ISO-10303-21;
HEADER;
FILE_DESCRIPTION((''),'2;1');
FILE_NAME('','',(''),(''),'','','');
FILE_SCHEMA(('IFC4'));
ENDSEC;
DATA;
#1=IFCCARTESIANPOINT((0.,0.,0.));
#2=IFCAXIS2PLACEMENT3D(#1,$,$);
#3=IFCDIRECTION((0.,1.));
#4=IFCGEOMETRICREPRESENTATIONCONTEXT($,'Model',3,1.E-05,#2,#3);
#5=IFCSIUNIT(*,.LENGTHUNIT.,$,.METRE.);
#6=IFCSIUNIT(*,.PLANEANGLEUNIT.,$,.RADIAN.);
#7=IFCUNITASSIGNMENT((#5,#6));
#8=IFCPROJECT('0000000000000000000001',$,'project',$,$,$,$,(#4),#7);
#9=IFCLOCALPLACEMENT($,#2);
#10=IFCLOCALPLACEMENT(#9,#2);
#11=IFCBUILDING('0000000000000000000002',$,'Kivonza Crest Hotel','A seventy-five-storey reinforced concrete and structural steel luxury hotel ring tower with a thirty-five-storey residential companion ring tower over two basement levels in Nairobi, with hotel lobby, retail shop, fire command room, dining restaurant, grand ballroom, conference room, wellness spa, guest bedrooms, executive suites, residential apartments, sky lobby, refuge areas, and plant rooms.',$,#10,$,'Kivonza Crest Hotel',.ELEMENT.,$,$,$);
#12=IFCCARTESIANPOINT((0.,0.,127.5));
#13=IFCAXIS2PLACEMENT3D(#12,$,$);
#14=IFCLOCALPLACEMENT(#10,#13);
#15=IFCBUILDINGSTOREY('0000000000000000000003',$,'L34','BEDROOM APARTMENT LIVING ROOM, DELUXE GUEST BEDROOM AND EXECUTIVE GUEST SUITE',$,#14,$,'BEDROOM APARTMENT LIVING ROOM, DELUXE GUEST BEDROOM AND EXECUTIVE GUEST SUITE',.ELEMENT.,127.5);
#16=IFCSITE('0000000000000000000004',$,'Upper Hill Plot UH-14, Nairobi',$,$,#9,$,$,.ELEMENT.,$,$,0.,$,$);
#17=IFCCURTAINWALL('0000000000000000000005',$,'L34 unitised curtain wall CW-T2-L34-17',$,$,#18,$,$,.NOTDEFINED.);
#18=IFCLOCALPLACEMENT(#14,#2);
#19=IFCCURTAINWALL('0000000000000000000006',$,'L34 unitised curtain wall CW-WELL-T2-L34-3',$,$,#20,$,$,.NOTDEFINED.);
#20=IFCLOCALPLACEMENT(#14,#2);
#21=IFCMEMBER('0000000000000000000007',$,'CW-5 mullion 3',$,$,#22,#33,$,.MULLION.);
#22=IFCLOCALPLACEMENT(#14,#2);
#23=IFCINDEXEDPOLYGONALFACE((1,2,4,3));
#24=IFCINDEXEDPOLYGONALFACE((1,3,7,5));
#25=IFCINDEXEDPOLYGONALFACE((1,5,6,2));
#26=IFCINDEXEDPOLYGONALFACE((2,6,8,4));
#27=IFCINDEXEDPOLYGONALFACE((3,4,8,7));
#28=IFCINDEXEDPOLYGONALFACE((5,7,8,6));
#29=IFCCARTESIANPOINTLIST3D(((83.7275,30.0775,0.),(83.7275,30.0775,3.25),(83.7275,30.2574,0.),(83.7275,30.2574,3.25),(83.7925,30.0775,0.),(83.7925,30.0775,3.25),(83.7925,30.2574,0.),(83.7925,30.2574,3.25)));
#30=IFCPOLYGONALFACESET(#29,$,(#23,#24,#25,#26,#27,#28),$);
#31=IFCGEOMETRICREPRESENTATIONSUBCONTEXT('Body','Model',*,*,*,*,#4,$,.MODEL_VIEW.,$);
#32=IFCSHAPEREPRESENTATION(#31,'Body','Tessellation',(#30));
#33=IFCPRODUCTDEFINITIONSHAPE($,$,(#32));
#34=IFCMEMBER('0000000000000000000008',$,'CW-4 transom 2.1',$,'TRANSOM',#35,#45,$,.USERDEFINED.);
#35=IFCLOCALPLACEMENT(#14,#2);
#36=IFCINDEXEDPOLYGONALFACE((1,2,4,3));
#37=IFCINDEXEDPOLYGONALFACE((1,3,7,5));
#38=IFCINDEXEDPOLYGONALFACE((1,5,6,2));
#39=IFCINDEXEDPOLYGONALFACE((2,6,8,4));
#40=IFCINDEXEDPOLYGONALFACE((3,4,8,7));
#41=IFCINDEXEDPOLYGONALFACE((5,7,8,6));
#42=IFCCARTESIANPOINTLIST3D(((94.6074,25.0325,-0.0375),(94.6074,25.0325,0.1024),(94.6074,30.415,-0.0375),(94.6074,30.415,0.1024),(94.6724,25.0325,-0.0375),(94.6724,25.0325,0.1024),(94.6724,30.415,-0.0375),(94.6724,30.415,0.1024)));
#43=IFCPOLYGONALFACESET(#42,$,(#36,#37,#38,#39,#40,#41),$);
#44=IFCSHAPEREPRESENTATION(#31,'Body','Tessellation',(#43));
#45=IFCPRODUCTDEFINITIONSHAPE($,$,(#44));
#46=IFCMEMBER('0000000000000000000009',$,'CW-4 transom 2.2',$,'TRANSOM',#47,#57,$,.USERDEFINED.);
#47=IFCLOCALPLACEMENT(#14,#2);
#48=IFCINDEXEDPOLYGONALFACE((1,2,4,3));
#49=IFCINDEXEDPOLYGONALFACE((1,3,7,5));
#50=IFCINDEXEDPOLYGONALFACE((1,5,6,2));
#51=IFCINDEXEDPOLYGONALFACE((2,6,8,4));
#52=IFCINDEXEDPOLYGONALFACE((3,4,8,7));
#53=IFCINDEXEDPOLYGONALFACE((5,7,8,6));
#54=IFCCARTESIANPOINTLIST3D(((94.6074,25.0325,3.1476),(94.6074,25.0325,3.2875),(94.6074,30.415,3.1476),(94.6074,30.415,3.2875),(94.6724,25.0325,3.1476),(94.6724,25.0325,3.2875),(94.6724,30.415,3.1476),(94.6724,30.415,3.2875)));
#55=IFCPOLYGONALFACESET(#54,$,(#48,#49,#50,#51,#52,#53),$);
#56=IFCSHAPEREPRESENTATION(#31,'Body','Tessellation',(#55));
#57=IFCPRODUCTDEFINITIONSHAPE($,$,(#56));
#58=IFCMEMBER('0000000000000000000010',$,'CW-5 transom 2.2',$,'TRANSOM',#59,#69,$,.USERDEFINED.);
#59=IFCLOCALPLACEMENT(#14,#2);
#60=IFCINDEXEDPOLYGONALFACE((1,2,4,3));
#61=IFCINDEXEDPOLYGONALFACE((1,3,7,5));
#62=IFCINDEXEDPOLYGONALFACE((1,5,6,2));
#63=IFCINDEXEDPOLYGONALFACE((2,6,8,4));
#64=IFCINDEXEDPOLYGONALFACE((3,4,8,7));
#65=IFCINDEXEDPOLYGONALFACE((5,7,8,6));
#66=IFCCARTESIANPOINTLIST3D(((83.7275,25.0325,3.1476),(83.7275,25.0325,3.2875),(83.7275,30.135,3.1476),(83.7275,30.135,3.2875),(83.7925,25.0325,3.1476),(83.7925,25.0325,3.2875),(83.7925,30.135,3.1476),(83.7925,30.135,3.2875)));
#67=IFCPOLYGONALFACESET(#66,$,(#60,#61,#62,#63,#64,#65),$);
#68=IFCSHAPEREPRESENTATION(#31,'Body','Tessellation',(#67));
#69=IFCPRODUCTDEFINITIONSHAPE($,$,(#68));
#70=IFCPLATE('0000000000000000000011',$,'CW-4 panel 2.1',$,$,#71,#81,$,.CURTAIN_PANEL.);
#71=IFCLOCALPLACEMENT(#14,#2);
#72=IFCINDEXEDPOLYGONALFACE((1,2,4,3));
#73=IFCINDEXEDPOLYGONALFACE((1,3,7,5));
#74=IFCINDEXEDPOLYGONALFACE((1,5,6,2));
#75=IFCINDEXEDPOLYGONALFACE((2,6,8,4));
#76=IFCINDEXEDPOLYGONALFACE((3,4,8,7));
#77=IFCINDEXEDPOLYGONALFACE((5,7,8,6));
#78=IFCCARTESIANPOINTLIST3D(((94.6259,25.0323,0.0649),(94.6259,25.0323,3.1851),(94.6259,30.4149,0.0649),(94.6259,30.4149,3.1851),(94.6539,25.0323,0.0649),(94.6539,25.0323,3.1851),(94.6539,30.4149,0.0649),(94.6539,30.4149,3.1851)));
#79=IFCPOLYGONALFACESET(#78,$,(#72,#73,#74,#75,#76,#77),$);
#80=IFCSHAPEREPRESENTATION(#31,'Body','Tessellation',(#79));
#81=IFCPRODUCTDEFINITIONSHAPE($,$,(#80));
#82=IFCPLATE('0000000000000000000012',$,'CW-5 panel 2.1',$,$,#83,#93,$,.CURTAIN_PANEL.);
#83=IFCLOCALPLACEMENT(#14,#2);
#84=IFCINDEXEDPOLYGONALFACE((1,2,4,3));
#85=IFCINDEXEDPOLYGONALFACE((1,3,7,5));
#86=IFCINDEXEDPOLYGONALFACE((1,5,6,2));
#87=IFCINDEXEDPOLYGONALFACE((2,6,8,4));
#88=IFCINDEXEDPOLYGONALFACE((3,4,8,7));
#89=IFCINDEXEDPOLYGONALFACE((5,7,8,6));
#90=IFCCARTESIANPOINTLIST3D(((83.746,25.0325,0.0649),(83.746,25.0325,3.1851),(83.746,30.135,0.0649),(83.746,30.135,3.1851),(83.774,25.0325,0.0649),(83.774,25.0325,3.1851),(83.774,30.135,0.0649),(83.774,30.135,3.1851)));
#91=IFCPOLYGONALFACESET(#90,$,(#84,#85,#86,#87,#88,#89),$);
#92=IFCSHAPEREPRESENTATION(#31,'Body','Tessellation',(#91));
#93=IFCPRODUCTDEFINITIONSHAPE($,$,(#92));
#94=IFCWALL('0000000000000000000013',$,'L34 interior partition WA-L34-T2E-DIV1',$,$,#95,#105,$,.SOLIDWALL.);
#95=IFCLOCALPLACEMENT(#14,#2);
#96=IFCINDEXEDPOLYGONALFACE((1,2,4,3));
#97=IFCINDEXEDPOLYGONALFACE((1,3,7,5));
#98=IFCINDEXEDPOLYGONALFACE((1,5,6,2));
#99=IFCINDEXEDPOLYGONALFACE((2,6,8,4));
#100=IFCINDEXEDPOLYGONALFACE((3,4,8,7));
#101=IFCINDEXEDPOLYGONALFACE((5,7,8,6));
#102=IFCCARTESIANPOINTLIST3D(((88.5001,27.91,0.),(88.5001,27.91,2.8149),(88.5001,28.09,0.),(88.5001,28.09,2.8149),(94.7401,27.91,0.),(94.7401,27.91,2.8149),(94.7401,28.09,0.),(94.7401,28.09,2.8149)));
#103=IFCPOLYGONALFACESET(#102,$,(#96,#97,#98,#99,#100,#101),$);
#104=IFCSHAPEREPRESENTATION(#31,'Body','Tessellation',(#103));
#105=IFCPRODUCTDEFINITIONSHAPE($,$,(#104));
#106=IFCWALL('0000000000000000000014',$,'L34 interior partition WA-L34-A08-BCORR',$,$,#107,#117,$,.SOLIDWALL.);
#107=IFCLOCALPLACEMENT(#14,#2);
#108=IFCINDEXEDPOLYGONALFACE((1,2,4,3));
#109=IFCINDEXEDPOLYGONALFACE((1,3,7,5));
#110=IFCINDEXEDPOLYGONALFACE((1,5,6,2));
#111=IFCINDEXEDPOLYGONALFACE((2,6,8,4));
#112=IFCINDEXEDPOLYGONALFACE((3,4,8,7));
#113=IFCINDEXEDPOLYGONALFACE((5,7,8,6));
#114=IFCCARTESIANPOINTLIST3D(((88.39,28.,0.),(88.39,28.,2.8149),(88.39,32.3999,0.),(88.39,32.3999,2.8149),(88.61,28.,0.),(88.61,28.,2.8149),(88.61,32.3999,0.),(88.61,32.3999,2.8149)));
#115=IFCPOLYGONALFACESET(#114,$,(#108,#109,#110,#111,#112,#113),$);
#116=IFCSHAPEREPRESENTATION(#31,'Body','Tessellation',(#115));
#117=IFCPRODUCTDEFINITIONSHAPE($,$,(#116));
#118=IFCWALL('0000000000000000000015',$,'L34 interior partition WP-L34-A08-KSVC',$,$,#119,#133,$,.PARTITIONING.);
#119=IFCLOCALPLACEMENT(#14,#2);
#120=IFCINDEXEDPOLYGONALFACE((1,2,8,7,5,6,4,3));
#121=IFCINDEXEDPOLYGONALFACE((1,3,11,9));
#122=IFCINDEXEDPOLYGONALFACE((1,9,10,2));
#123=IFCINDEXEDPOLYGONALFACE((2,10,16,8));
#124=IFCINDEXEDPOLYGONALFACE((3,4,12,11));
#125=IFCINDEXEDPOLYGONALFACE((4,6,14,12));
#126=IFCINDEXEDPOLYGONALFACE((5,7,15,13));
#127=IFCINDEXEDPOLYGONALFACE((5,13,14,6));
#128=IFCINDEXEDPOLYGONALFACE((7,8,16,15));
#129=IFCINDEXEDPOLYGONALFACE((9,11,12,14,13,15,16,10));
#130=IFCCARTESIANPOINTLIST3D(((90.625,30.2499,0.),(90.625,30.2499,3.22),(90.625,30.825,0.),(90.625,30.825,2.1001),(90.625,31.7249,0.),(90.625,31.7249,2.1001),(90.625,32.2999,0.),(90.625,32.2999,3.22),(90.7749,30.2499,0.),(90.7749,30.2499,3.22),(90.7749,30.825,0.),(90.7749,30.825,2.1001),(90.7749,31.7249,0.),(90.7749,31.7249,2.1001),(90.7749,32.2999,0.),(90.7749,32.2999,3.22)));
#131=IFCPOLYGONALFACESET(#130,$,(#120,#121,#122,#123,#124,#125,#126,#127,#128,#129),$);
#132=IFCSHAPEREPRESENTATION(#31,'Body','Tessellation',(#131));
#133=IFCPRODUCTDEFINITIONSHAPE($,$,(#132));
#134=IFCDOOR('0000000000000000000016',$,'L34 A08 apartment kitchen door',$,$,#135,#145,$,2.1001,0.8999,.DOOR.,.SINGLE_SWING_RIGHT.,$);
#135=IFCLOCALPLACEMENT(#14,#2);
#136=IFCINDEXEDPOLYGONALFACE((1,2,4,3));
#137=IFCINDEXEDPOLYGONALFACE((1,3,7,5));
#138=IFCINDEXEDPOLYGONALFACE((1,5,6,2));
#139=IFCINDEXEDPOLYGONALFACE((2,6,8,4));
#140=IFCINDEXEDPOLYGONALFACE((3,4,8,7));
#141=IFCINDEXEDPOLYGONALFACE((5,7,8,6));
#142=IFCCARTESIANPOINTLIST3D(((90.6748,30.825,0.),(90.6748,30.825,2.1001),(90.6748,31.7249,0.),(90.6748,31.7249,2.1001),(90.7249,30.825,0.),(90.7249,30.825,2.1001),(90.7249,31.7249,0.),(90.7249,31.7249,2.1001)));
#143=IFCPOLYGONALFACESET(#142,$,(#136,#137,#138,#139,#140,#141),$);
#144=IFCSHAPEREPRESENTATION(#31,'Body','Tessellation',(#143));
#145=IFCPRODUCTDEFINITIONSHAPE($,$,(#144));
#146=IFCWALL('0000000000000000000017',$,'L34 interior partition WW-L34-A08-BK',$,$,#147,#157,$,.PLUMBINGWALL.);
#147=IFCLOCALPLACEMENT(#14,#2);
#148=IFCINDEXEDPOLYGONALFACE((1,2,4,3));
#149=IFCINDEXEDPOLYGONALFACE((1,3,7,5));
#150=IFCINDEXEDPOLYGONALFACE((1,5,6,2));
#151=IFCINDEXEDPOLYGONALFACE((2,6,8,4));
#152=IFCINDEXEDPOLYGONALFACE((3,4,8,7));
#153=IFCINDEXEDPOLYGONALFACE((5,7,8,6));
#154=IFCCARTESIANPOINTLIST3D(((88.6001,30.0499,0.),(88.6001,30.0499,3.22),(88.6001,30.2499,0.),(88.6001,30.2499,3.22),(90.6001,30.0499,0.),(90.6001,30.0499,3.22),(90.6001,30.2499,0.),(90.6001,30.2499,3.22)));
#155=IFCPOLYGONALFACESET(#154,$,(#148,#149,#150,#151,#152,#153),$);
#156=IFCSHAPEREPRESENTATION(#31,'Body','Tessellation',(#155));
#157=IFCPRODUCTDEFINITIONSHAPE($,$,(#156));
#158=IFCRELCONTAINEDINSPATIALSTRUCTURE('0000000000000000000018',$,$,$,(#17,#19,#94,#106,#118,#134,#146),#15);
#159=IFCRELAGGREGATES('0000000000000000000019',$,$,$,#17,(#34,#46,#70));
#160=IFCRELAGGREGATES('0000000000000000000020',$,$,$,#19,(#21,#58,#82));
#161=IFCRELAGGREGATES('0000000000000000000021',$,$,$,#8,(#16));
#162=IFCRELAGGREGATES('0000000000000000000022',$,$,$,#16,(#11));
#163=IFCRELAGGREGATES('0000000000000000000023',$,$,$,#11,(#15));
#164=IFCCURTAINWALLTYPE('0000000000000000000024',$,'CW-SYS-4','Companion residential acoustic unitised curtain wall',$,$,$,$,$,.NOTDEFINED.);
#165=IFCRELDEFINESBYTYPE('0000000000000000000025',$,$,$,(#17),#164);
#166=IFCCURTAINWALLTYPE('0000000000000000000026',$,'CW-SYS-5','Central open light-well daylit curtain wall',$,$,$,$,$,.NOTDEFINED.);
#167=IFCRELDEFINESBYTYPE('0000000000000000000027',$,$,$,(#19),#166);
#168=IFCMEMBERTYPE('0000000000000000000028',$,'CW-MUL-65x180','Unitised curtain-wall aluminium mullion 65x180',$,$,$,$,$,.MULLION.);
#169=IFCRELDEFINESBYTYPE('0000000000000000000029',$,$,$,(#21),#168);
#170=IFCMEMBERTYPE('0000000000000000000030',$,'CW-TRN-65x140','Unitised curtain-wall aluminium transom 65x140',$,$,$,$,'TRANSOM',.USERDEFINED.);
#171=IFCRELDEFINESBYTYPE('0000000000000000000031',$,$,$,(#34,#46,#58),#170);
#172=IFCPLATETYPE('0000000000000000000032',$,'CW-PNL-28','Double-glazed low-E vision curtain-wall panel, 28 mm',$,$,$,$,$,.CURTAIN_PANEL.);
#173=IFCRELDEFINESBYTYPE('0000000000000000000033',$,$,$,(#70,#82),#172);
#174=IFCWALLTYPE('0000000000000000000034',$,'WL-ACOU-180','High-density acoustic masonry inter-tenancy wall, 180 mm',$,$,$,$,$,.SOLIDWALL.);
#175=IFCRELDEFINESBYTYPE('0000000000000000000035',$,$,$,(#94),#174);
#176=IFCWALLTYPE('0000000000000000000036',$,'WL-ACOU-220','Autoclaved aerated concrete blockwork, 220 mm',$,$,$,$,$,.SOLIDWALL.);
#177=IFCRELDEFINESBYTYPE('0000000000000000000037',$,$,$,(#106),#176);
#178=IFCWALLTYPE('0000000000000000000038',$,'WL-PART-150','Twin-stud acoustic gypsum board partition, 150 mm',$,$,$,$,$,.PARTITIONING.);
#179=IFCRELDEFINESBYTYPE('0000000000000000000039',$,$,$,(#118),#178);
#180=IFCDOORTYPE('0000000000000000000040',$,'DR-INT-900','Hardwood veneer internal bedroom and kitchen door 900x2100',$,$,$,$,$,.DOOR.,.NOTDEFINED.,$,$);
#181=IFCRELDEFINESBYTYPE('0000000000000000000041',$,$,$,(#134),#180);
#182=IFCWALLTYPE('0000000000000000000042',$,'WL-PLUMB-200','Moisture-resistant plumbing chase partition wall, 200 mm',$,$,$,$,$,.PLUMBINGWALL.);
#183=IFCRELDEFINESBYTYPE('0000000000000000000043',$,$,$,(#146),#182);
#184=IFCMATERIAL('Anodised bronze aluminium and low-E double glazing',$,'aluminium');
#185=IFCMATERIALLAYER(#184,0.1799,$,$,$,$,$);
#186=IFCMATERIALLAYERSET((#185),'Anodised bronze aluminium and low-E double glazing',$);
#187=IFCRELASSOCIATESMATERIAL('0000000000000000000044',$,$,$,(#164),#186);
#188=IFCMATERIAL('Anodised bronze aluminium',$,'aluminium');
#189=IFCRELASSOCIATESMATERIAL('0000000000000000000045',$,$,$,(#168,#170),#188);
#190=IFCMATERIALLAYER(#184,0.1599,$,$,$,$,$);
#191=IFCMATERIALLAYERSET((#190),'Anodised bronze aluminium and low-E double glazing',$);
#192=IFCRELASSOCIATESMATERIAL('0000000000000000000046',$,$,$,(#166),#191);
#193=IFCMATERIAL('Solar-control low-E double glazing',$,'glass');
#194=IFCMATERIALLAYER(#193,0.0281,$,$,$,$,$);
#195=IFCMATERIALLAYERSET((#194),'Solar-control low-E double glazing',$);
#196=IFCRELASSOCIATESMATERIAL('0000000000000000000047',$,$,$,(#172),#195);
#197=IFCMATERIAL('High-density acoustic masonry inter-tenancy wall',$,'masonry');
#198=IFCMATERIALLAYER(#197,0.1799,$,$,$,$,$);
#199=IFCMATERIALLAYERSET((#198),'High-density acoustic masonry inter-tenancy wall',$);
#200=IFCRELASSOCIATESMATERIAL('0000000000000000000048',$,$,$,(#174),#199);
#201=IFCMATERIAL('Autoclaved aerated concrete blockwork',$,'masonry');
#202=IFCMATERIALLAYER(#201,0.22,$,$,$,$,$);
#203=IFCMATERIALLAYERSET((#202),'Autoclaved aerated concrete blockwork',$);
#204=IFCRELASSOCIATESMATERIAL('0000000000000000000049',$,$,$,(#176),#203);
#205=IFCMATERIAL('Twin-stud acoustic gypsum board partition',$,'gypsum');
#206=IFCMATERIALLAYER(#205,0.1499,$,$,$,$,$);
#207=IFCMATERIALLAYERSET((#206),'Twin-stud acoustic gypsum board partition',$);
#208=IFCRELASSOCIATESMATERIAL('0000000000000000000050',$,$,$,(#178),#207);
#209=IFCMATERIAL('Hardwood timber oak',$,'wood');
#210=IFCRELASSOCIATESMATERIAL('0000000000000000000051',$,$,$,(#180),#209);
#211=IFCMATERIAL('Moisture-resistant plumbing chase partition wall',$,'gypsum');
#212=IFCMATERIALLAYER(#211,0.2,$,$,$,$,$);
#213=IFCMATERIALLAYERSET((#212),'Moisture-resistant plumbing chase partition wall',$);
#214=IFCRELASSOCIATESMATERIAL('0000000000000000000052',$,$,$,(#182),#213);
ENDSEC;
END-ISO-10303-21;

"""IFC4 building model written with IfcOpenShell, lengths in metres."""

from ifc_helpers import new_model, si_unit, direction, frame, frame_2d, origin, origin_2d, place, context, subcontext, project, spatial, rectangle, extrude, material, layer, layer_set, material_profile, profile_set, type_object, element, fill, aggregate, save


model = new_model("IFC4")

# Units and contexts
model_context = context("Model", 3, precision=1e-05, world=origin(), true_north=direction((0.0, 1.0)))
body_context = subcontext(model_context, "Body", "Model", "MODEL_VIEW")
ifc_project = project(units=[si_unit("LENGTHUNIT", "METRE"), si_unit("PLANEANGLEUNIT", "RADIAN")], contexts=[model_context])

# Site, building, storey
site_placement = place(None, origin())
site = spatial("IfcSite", under=ifc_project, at=site_placement, Name="Upper Hill Plot UH-14, Nairobi", CompositionType="ELEMENT", RefElevation=0.0)
building_placement = place(site_placement, origin())
building = spatial("IfcBuilding", under=site, at=building_placement, Name="Kivonza Crest Hotel", Description="A seventy-five-storey reinforced concrete and structural steel luxury hotel ring tower with a thirty-five-storey residential companion ring tower over two basement levels in Nairobi, with hotel lobby, retail shop, fire command room, dining restaurant, grand ballroom, conference room, wellness spa, guest bedrooms, executive suites, residential apartments, sky lobby, refuge areas, and plant rooms.", LongName="Kivonza Crest Hotel", CompositionType="ELEMENT")
storey_placement = place(building_placement, frame((0.0, 0.0, 127.5)))
storey = spatial("IfcBuildingStorey", under=building, at=storey_placement, Name="L34", Description="BEDROOM APARTMENT LIVING ROOM, DELUXE GUEST BEDROOM AND EXECUTIVE GUEST SUITE", LongName="BEDROOM APARTMENT LIVING ROOM, DELUXE GUEST BEDROOM AND EXECUTIVE GUEST SUITE", CompositionType="ELEMENT", Elevation=127.5)

# Curtain walls, member
ifc_material_1 = material(Name="Anodised bronze aluminium and low-E double glazing", Category="aluminium")
ifc_layer_1 = layer(ifc_material_1, 0.1799)
ifc_layer_set_1 = layer_set([ifc_layer_1], Name="Anodised bronze aluminium and low-E double glazing")
curtain_wall_type_1 = type_object("IfcCurtainWallType", Name="CW-SYS-4", Description="Companion residential acoustic unitised curtain wall", PredefinedType="NOTDEFINED", material=ifc_layer_set_1)
curtain_wall_1_placement = place(storey_placement, origin())
curtain_wall_1 = element("IfcCurtainWall", 1, at=curtain_wall_1_placement, inside=storey, type_object=curtain_wall_type_1, Name="L34 unitised curtain wall CW-T2-L34-17", PredefinedType="NOTDEFINED")
ifc_material_2 = material(Name="Anodised bronze aluminium", Category="aluminium")
ifc_material_profile_1 = material_profile(ifc_material_2, rectangle(XDim=0.0649, YDim=0.1799, at=origin_2d()), Name="CW-M 65x180")
ifc_profile_set_1 = profile_set([ifc_material_profile_1], Name="Anodised bronze aluminium")
member_type_1 = type_object("IfcMemberType", Name="CW-MUL-65x180", Description="Unitised curtain-wall aluminium mullion 65x180", PredefinedType="MULLION", material=ifc_profile_set_1)
ifc_layer_2 = layer(ifc_material_1, 0.1599)
ifc_layer_set_2 = layer_set([ifc_layer_2], Name="Anodised bronze aluminium and low-E double glazing")
curtain_wall_type_2 = type_object("IfcCurtainWallType", Name="CW-SYS-5", Description="Central open light-well daylit curtain wall", PredefinedType="NOTDEFINED", material=ifc_layer_set_2)
curtain_wall_2_placement = place(storey_placement, origin())
curtain_wall_2 = element("IfcCurtainWall", 2, at=curtain_wall_2_placement, inside=storey, type_object=curtain_wall_type_2, Name="L34 unitised curtain wall CW-WELL-T2-L34-3", PredefinedType="NOTDEFINED")
member_1_placement = place(storey_placement, frame((83.76, 30.1675, 0.0), z_axis=(0.0, 0.0, 1.0), x_axis=(-1.0, 0.0, 0.0)))
member_1 = element("IfcMember", 3, at=member_1_placement, type_object=member_type_1, Name="CW-5 mullion 3", PredefinedType="MULLION", context=body_context, shape_type="SweptSolid", body=[
    extrude(rectangle(XDim=0.0649, YDim=0.1799, at=origin_2d()), origin(), (0.0, 0.0, 1.0), 3.25),
])

# Members
ifc_material_profile_2 = material_profile(ifc_material_2, rectangle(XDim=0.0649, YDim=0.1399, at=origin_2d()), Name="CW-T 65x140")
ifc_profile_set_2 = profile_set([ifc_material_profile_2], Name="Anodised bronze aluminium")
member_type_2 = type_object("IfcMemberType", Name="CW-TRN-65x140", Description="Unitised curtain-wall aluminium transom 65x140", ElementType="TRANSOM", PredefinedType="USERDEFINED", material=ifc_profile_set_2)
member_2_placement = place(storey_placement, frame((94.6399, 25.0325, 0.0325), z_axis=(0.0, 1.0, 0.0), x_axis=(-1.0, 0.0, 0.0)))
member_2 = element("IfcMember", 4, at=member_2_placement, type_object=member_type_2, Name="CW-4 transom 2.1", ObjectType="TRANSOM", PredefinedType="USERDEFINED", context=body_context, shape_type="SweptSolid", body=[
    extrude(rectangle(XDim=0.0649, YDim=0.1399, at=origin_2d()), origin(), (0.0, 0.0, 1.0), 5.3826),
])
member_3_placement = place(storey_placement, frame((94.6399, 25.0325, 3.2175), z_axis=(0.0, 1.0, 0.0), x_axis=(-1.0, 0.0, 0.0)))
member_3 = element("IfcMember", 5, at=member_3_placement, type_object=member_type_2, Name="CW-4 transom 2.2", ObjectType="TRANSOM", PredefinedType="USERDEFINED", context=body_context, shape_type="SweptSolid", body=[
    extrude(rectangle(XDim=0.0649, YDim=0.1399, at=origin_2d()), origin(), (0.0, 0.0, 1.0), 5.3826),
])
member_4_placement = place(storey_placement, frame((83.76, 25.0325, 3.2175), z_axis=(0.0, 1.0, 0.0), x_axis=(-1.0, 0.0, 0.0)))
member_4 = element("IfcMember", 6, at=member_4_placement, type_object=member_type_2, Name="CW-5 transom 2.2", ObjectType="TRANSOM", PredefinedType="USERDEFINED", context=body_context, shape_type="SweptSolid", body=[
    extrude(rectangle(XDim=0.0649, YDim=0.1399, at=origin_2d()), origin(), (0.0, 0.0, 1.0), 5.1025),
])

# Plates
ifc_material_3 = material(Name="Solar-control low-E double glazing", Category="glass")
ifc_layer_3 = layer(ifc_material_3, 0.0281)
ifc_layer_set_3 = layer_set([ifc_layer_3], Name="Solar-control low-E double glazing")
plate_type = type_object("IfcPlateType", Name="CW-PNL-28", Description="Double-glazed low-E vision curtain-wall panel, 28 mm", PredefinedType="CURTAIN_PANEL", material=ifc_layer_set_3)
plate_1_placement = place(storey_placement, frame((94.6399, 27.7236, 0.0649), z_axis=(0.0, 0.0, 1.0), x_axis=(0.0, 1.0, 0.0)))
plate_1 = element("IfcPlate", 7, at=plate_1_placement, type_object=plate_type, Name="CW-4 panel 2.1", PredefinedType="CURTAIN_PANEL", context=body_context, shape_type="SweptSolid", body=[
    extrude(rectangle(XDim=5.3826, YDim=0.0281, at=origin_2d()), origin(), (0.0, 0.0, 1.0), 3.1201),
])
aggregate(curtain_wall_1, [member_2, member_3, plate_1])
plate_2_placement = place(storey_placement, frame((83.76, 27.5837, 0.0649), z_axis=(0.0, 0.0, 1.0), x_axis=(0.0, 1.0, 0.0)))
plate_2 = element("IfcPlate", 8, at=plate_2_placement, type_object=plate_type, Name="CW-5 panel 2.1", PredefinedType="CURTAIN_PANEL", context=body_context, shape_type="SweptSolid", body=[
    extrude(rectangle(XDim=5.1025, YDim=0.0281, at=origin_2d()), origin(), (0.0, 0.0, 1.0), 3.1201),
])
aggregate(curtain_wall_2, [member_1, member_4, plate_2])

# Walls
ifc_material_4 = material(Name="High-density acoustic masonry inter-tenancy wall", Category="masonry")
ifc_layer_4 = layer(ifc_material_4, 0.1799)
ifc_layer_set_4 = layer_set([ifc_layer_4], Name="High-density acoustic masonry inter-tenancy wall")
wall_type_1 = type_object("IfcWallType", Name="WL-ACOU-180", Description="High-density acoustic masonry inter-tenancy wall, 180 mm", PredefinedType="SOLIDWALL", material=ifc_layer_set_4)
wall_1_placement = place(storey_placement, frame((88.5, 28.0, 0.0), z_axis=(0.0, 0.0, 1.0), x_axis=(1.0, 0.0, 0.0)))
element("IfcWall", 9, at=wall_1_placement, inside=storey, type_object=wall_type_1, Name="L34 interior partition WA-L34-T2E-DIV1", PredefinedType="SOLIDWALL", context=body_context, shape_type="SweptSolid", body=[
    extrude(rectangle(XDim=6.24, YDim=0.1799, at=frame_2d((3.1201, 0.0))), origin(), (0.0, 0.0, 1.0), 2.8149),
])
ifc_material_5 = material(Name="Autoclaved aerated concrete blockwork", Category="masonry")
ifc_layer_5 = layer(ifc_material_5, 0.22)
ifc_layer_set_5 = layer_set([ifc_layer_5], Name="Autoclaved aerated concrete blockwork")
wall_type_2 = type_object("IfcWallType", Name="WL-ACOU-220", Description="Autoclaved aerated concrete blockwork, 220 mm", PredefinedType="SOLIDWALL", material=ifc_layer_set_5)
wall_2_placement = place(storey_placement, frame((88.5, 28.0, 0.0), z_axis=(0.0, 0.0, 1.0), x_axis=(0.0, 1.0, 0.0)))
element("IfcWall", 10, at=wall_2_placement, inside=storey, type_object=wall_type_2, Name="L34 interior partition WA-L34-A08-BCORR", PredefinedType="SOLIDWALL", context=body_context, shape_type="SweptSolid", body=[
    extrude(rectangle(XDim=4.3999, YDim=0.22, at=frame_2d((2.2, 0.0))), origin(), (0.0, 0.0, 1.0), 2.8149),
])

# Wall, opening, door
ifc_material_6 = material(Name="Twin-stud acoustic gypsum board partition", Category="gypsum")
ifc_layer_6 = layer(ifc_material_6, 0.1499)
ifc_layer_set_6 = layer_set([ifc_layer_6], Name="Twin-stud acoustic gypsum board partition")
wall_type_3 = type_object("IfcWallType", Name="WL-PART-150", Description="Twin-stud acoustic gypsum board partition, 150 mm", PredefinedType="PARTITIONING", material=ifc_layer_set_6)
wall_3_placement = place(storey_placement, frame((90.7, 30.25, 0.0), z_axis=(0.0, 0.0, 1.0), x_axis=(0.0, 1.0, 0.0)))
wall_3 = element("IfcWall", 11, at=wall_3_placement, inside=storey, type_object=wall_type_3, Name="L34 interior partition WP-L34-A08-KSVC", PredefinedType="PARTITIONING", context=body_context, shape_type="SweptSolid", body=[
    extrude(rectangle(XDim=2.05, YDim=0.1499, at=frame_2d((1.0249, 0.0))), origin(), (0.0, 0.0, 1.0), 3.22),
])
opening_1_placement = place(wall_3_placement, frame((0.575, 0.0, 0.0)))
opening_1 = element("IfcOpeningElement", 12, at=opening_1_placement, cuts=wall_3, PredefinedType="OPENING", context=body_context, shape_type="SweptSolid", body=[
    extrude(rectangle(XDim=0.8999, YDim=2.1001, at=frame_2d((0.45, 1.05))), frame((0.0, 0.085, 0.0), z_axis=(0.0, -1.0, 0.0), x_axis=(1.0, 0.0, 0.0)), (0.0, 0.0, 1.0), 0.1699),
])
ifc_material_7 = material(Name="Hardwood timber oak", Category="wood")
door_type_1 = type_object("IfcDoorType", Name="DR-INT-900", Description="Hardwood veneer internal bedroom and kitchen door 900x2100", OperationType="NOTDEFINED", PredefinedType="DOOR", material=ifc_material_7)
door_1_placement = place(opening_1_placement, frame((0.8999, 0.0, 0.0), z_axis=(0.0, 0.0, 1.0), x_axis=(-1.0, 0.0, 0.0)))
door_1 = element("IfcDoor", 13, at=door_1_placement, inside=storey, type_object=door_type_1, Name="L34 A08 apartment kitchen door", OperationType="SINGLE_SWING_RIGHT", OverallHeight=2.1001, OverallWidth=0.8999, PredefinedType="DOOR", context=body_context, shape_type="SweptSolid", body=[
    extrude(rectangle(XDim=0.8999, YDim=2.1001, at=frame_2d((0.45, 1.05))), frame((0.0, 0.0249, 0.0), z_axis=(0.0, -1.0, 0.0), x_axis=(1.0, 0.0, 0.0)), (0.0, 0.0, 1.0), 0.05),
])
fill(opening_1, door_1)

# Wall
ifc_material_8 = material(Name="Moisture-resistant plumbing chase partition wall", Category="gypsum")
ifc_layer_7 = layer(ifc_material_8, 0.2)
ifc_layer_set_7 = layer_set([ifc_layer_7], Name="Moisture-resistant plumbing chase partition wall")
wall_type_4 = type_object("IfcWallType", Name="WL-PLUMB-200", Description="Moisture-resistant plumbing chase partition wall, 200 mm", PredefinedType="PLUMBINGWALL", material=ifc_layer_set_7)
wall_4_placement = place(storey_placement, frame((88.6001, 30.1499, 0.0), z_axis=(0.0, 0.0, 1.0), x_axis=(1.0, 0.0, 0.0)))
element("IfcWall", 14, at=wall_4_placement, inside=storey, type_object=wall_type_4, Name="L34 interior partition WW-L34-A08-BK", PredefinedType="PLUMBINGWALL", context=body_context, shape_type="SweptSolid", body=[
    extrude(rectangle(XDim=2.0, YDim=0.2, at=frame_2d((1.0, 0.0))), origin(), (0.0, 0.0, 1.0), 3.22),
])

save(model, "model.ifc")
